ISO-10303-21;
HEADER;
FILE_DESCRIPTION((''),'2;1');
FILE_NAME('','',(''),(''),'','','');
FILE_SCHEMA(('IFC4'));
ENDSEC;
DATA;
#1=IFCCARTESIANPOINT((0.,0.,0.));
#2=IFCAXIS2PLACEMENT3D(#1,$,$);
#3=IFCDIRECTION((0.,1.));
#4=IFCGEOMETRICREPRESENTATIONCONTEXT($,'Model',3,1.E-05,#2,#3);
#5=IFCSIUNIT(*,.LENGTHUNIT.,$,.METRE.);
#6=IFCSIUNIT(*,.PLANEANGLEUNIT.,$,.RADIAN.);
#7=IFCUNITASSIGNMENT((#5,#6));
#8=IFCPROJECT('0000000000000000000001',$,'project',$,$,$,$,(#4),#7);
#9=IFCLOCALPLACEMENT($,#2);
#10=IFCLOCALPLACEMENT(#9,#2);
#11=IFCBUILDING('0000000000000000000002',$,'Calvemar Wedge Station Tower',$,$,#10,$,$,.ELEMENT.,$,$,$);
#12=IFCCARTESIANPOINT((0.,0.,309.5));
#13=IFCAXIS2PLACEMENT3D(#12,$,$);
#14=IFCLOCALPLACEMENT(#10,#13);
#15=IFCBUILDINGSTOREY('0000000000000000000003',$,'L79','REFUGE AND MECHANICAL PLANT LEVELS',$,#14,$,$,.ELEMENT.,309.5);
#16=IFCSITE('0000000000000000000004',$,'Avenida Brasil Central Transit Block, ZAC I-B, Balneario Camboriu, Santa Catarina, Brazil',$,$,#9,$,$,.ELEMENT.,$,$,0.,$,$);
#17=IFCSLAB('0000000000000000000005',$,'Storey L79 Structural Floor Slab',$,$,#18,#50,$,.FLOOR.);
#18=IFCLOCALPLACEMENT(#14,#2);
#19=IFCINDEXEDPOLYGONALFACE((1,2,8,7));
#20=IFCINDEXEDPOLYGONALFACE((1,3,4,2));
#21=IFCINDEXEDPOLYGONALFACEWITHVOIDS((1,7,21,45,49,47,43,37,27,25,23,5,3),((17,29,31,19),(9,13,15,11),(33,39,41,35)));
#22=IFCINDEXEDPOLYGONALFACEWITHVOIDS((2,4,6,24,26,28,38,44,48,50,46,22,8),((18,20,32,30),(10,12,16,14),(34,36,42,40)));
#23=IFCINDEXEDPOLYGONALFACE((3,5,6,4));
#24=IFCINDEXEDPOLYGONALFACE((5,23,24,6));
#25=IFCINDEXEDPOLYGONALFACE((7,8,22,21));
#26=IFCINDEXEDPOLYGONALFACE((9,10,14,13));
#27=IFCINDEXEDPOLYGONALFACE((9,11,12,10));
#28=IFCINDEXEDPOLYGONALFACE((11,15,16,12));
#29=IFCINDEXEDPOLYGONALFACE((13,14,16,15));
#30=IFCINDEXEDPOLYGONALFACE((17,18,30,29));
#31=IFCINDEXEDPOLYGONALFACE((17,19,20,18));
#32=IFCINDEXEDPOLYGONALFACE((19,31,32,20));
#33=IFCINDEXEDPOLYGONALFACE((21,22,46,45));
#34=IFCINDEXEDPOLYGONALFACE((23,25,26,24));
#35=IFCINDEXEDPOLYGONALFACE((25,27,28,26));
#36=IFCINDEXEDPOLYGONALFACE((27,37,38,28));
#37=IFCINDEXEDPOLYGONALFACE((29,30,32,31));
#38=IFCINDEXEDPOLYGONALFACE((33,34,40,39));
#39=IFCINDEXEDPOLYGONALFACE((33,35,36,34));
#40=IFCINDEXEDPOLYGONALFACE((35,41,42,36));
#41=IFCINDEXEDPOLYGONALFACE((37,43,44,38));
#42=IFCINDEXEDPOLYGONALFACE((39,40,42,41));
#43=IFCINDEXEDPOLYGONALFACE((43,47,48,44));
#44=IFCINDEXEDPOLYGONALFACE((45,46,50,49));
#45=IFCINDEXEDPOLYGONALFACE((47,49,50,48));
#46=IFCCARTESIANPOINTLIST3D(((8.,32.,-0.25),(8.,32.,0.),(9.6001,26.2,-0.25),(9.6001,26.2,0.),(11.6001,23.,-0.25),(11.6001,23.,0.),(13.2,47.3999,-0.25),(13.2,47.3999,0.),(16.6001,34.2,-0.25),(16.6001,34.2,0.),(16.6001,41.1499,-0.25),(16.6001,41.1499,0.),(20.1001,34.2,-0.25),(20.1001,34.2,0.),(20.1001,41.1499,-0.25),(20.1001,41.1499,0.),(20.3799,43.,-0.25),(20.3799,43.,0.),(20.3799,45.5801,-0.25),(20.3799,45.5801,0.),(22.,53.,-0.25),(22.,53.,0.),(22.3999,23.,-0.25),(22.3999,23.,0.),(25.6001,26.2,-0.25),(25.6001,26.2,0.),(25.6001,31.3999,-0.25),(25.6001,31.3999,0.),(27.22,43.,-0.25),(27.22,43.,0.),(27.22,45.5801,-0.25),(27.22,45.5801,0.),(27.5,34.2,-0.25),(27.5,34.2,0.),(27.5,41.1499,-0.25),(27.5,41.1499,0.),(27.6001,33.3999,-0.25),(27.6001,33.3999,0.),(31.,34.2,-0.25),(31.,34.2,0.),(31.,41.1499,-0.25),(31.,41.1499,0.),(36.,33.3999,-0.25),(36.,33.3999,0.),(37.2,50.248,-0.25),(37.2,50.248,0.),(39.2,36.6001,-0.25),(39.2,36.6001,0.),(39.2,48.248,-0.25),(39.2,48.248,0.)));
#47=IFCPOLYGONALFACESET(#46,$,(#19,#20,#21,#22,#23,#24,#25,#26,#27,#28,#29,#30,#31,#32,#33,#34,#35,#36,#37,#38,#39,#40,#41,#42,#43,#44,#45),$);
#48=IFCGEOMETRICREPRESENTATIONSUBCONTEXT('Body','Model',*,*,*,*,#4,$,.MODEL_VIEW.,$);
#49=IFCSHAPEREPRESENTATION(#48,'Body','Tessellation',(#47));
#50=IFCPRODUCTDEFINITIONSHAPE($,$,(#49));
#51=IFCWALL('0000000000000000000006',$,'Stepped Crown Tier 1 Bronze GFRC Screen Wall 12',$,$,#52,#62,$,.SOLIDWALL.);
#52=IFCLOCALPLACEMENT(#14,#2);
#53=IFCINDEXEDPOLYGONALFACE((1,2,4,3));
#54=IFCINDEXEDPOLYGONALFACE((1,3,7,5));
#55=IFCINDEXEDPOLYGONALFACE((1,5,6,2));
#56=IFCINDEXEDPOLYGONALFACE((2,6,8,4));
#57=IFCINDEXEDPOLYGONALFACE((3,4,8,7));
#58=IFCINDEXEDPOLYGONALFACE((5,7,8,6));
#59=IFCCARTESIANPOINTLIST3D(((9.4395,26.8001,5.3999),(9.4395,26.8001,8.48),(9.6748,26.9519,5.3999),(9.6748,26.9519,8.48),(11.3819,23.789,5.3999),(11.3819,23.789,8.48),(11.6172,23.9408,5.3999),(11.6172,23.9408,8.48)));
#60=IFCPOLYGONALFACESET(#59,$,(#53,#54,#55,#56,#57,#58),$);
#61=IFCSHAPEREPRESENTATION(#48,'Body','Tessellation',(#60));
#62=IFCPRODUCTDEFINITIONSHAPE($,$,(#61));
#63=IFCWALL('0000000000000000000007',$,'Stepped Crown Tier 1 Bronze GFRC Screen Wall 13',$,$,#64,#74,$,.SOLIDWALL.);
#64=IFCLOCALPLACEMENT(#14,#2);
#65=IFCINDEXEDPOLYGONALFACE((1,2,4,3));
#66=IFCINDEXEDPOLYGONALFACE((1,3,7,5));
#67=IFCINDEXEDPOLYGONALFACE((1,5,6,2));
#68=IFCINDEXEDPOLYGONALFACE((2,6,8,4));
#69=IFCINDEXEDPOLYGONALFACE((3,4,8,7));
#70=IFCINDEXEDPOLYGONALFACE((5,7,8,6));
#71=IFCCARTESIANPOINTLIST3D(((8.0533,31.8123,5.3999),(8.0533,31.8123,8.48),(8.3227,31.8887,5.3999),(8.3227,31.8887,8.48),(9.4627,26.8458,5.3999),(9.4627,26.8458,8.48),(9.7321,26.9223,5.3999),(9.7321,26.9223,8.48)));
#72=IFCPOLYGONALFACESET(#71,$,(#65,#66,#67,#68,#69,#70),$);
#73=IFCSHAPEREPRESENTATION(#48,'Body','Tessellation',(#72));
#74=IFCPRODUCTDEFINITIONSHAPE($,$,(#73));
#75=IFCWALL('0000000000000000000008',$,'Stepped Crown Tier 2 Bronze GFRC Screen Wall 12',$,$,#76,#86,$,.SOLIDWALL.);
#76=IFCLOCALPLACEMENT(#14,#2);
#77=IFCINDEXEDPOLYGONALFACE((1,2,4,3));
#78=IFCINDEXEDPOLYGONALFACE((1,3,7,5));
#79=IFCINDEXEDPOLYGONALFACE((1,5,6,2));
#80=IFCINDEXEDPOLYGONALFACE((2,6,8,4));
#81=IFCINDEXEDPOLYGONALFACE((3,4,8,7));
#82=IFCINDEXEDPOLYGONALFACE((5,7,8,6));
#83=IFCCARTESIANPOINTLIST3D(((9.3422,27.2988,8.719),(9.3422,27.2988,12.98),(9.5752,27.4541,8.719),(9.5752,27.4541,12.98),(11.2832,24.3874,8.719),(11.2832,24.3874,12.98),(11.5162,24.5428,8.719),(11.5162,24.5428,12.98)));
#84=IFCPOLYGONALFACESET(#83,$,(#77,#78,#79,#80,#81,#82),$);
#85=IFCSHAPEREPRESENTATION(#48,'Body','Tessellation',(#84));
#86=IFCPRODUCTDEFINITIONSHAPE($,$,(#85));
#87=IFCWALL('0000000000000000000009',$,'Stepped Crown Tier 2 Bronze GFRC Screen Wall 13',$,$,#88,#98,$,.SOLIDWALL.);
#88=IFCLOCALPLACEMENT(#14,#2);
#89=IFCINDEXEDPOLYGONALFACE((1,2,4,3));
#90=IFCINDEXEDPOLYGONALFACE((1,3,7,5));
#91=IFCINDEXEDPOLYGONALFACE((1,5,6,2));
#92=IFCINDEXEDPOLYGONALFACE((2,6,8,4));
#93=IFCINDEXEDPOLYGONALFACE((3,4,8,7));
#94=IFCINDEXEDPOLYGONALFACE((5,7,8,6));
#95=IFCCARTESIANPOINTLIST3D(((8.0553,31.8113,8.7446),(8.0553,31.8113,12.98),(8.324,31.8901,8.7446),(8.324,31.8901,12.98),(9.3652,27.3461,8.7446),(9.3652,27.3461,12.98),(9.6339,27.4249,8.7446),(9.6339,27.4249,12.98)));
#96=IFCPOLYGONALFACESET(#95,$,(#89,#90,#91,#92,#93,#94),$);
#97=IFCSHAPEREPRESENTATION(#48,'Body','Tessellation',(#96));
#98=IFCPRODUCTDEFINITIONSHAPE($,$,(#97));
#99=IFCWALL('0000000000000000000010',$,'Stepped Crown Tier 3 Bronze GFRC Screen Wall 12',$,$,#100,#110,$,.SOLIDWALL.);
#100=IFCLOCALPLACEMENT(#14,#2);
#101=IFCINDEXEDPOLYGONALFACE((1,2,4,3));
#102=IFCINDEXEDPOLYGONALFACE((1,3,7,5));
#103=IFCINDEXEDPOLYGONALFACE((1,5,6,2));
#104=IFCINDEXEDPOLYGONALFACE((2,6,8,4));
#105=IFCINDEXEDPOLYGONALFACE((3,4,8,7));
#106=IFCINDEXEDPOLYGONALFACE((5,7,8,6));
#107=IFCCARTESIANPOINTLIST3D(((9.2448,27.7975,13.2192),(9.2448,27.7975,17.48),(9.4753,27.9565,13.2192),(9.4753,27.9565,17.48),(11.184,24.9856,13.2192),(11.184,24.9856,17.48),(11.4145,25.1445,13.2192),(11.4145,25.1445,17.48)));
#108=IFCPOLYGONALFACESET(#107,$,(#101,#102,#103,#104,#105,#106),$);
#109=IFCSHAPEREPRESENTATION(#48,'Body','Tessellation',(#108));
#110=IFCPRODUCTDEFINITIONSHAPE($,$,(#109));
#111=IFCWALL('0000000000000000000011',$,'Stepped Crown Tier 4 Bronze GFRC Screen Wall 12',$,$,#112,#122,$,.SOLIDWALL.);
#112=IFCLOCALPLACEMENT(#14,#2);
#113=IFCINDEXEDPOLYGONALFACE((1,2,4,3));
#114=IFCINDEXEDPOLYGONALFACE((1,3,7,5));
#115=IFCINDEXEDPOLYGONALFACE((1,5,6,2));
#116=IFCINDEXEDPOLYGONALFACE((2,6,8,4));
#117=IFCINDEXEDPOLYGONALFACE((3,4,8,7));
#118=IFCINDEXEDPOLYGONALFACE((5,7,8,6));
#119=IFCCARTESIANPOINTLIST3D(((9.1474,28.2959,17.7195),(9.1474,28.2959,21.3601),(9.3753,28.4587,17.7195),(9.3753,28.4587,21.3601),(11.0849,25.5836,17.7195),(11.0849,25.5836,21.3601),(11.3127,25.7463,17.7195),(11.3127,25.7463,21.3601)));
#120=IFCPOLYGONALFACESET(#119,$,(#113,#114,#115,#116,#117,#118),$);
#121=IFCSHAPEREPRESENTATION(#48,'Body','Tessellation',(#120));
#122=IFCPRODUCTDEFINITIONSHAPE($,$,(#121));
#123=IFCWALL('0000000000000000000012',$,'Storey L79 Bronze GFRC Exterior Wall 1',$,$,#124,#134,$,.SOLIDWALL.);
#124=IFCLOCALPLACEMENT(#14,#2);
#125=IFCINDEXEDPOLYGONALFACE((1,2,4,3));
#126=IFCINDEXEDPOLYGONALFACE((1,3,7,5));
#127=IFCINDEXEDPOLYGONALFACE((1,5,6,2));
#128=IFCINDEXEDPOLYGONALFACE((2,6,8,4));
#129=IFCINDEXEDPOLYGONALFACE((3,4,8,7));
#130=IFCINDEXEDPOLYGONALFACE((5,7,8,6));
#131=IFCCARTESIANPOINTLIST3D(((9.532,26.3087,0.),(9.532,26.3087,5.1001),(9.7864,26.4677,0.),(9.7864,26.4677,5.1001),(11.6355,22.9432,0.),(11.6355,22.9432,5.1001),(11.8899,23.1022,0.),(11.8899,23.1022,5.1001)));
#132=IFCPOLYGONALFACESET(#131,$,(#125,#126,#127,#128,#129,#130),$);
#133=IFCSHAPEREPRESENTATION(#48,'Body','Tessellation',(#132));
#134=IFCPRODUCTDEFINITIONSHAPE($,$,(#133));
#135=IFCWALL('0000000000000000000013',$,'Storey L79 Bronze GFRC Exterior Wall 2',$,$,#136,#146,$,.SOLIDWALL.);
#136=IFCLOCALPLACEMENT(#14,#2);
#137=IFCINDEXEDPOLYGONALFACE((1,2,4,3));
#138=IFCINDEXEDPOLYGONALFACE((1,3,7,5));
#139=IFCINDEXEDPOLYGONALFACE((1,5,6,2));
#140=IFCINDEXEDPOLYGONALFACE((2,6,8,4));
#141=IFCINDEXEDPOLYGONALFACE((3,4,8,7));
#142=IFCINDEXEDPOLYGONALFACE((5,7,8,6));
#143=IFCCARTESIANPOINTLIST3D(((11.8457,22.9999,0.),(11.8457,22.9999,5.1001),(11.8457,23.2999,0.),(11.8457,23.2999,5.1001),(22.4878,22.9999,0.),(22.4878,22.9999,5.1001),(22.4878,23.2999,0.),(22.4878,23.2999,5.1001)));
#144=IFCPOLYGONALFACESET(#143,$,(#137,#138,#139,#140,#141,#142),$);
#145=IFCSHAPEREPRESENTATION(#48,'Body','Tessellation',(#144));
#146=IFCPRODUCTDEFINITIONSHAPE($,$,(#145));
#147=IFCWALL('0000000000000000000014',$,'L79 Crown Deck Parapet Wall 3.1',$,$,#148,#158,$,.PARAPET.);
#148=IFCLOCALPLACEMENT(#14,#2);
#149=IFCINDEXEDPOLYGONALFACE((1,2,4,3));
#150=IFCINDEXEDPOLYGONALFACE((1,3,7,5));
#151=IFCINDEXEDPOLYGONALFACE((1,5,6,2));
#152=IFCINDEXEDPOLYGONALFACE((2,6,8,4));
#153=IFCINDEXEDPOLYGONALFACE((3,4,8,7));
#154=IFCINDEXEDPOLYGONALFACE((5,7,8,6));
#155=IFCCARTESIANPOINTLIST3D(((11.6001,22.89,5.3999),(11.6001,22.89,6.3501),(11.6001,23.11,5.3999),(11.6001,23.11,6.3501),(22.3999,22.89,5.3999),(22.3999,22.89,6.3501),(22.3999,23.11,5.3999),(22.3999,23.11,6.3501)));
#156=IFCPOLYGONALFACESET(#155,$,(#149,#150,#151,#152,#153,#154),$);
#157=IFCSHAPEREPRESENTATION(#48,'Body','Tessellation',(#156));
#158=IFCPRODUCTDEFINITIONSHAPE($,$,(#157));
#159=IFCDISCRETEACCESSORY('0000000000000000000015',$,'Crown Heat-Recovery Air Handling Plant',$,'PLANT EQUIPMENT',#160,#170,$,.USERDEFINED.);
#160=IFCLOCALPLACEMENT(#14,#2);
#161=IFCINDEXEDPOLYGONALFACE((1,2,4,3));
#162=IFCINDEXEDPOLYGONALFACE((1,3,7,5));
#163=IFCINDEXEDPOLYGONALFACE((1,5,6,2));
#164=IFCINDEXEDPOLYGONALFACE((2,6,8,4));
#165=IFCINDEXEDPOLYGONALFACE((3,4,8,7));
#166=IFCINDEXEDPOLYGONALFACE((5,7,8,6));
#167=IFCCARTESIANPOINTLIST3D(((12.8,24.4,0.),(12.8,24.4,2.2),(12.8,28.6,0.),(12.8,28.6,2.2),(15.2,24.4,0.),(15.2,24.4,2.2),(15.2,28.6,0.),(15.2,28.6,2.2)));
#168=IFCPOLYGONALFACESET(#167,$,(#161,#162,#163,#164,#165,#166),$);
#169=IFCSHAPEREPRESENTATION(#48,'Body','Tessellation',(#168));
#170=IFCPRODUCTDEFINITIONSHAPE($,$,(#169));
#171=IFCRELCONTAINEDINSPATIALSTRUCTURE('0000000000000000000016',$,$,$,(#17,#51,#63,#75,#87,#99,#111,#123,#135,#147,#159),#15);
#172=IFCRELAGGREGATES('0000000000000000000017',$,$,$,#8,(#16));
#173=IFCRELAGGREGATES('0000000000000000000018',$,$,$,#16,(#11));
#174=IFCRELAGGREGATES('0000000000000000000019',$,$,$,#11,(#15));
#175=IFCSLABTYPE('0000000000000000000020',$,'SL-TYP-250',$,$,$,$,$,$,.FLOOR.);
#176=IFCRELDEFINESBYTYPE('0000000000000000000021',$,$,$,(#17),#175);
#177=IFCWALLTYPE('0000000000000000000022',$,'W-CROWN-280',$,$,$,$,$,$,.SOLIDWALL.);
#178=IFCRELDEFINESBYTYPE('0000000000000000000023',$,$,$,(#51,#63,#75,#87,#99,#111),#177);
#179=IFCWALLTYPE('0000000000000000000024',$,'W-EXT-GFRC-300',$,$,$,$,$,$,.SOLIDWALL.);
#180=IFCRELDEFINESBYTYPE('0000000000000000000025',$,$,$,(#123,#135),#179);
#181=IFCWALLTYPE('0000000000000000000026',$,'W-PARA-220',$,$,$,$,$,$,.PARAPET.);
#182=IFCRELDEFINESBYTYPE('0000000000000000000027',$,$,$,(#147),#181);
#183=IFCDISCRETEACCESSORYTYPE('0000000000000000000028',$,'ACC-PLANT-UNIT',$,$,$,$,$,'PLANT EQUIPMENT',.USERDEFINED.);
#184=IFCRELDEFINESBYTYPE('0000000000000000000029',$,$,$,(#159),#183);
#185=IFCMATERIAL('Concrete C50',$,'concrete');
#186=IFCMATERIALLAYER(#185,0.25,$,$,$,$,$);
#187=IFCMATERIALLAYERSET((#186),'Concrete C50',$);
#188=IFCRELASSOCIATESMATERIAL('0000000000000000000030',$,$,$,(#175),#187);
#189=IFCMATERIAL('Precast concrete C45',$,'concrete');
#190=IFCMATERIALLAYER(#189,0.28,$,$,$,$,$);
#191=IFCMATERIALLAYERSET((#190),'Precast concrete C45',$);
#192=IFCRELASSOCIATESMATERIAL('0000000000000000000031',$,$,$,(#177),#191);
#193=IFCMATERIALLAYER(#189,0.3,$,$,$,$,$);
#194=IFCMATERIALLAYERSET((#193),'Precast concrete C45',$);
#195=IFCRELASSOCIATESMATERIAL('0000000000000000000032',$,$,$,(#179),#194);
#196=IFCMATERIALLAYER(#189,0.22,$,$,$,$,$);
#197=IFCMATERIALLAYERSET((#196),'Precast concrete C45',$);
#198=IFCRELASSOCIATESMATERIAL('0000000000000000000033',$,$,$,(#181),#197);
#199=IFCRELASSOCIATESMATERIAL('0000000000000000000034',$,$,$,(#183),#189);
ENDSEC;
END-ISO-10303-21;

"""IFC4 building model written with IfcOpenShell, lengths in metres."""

from ifc_helpers import new_model, si_unit, direction, frame, frame_2d, origin, origin_2d, place, context, subcontext, project, spatial, polyline, rectangle, outline, extrude, source, transform, mapped, material, layer, layer_set, type_object, element, save


model = new_model("IFC4")

# Units and contexts
model_context = context("Model", 3, precision=1e-05, world=origin(), true_north=direction((0.0, 1.0)))
body_context = subcontext(model_context, "Body", "Model", "MODEL_VIEW")
ifc_project = project(units=[si_unit("LENGTHUNIT", "METRE"), si_unit("PLANEANGLEUNIT", "RADIAN")], contexts=[model_context])

# Site, building, storey
site_placement = place(None, origin())
site = spatial("IfcSite", under=ifc_project, at=site_placement, Name="Avenida Brasil Central Transit Block, ZAC I-B, Balneario Camboriu, Santa Catarina, Brazil", CompositionType="ELEMENT", RefElevation=0.0)
building_placement = place(site_placement, origin())
building = spatial("IfcBuilding", under=site, at=building_placement, Name="Calvemar Wedge Station Tower", CompositionType="ELEMENT")
storey_placement = place(building_placement, frame((0.0, 0.0, 309.5)))
storey = spatial("IfcBuildingStorey", under=building, at=storey_placement, Name="L79", Description="REFUGE AND MECHANICAL PLANT LEVELS", CompositionType="ELEMENT", Elevation=309.5)

# Shared definitions
ifc_material_1 = material(Name="Concrete C50", Category="concrete")

# Slab
ifc_layer_1 = layer(ifc_material_1, 0.25)
ifc_layer_set_1 = layer_set([ifc_layer_1], Name="Concrete C50")
slab_type_1 = type_object("IfcSlabType", Name="SL-TYP-250", PredefinedType="FLOOR", material=ifc_layer_set_1)
slab_1_placement = place(storey_placement, frame((0.0, 0.0, -0.25)))
element("IfcSlab", 1, at=slab_1_placement, inside=storey, type_object=slab_type_1, Name="Storey L79 Structural Floor Slab", PredefinedType="FLOOR", context=body_context, shape_type="SweptSolid", body=[
    extrude(outline(polyline([(8.0, 32.0), (9.6001, 26.2), (11.6001, 23.0), (22.3999, 23.0), (25.6001, 26.2), (25.6001, 31.3999), (27.6001, 33.3999), (36.0, 33.3999), (39.2, 36.6001), (39.2, 48.248), (37.2, 50.248), (22.0, 53.0), (13.2, 47.3999), (8.0, 32.0)]), holes=[polyline([(20.1001, 41.1499), (16.6001, 41.1499), (16.6001, 34.2), (20.1001, 34.2), (20.1001, 41.1499)]), polyline([(31.0, 34.2), (31.0, 41.1499), (27.5, 41.1499), (27.5, 34.2), (31.0, 34.2)]), polyline([(27.22, 45.5801), (20.3799, 45.5801), (20.3799, 43.0), (27.22, 43.0), (27.22, 45.5801)])]), origin(), (0.0, 0.0, 1.0), 0.25),
])

# Walls
ifc_material_2 = material(Name="Precast concrete C45", Category="concrete")
ifc_layer_2 = layer(ifc_material_2, 0.28)
ifc_layer_set_2 = layer_set([ifc_layer_2], Name="Precast concrete C45")
wall_type_1 = type_object("IfcWallType", Name="W-CROWN-280", PredefinedType="SOLIDWALL", material=ifc_layer_set_2)
wall_1_placement = place(storey_placement, frame((11.4995, 23.865, 5.3999), z_axis=(0.0, 0.0, 1.0), x_axis=(-0.54209, 0.840321, 0.0)))
element("IfcWall", 2, at=wall_1_placement, inside=storey, type_object=wall_type_1, Name="Stepped Crown Tier 1 Bronze GFRC Screen Wall 12", PredefinedType="SOLIDWALL", context=body_context, shape_type="SweptSolid", body=[
    extrude(rectangle(XDim=3.5833, YDim=0.28, at=frame_2d((1.7915, 0.0))), origin(), (0.0, 0.0, 1.0), 3.0801),
])
wall_2_placement = place(storey_placement, frame((9.5974, 26.884, 5.3999), z_axis=(0.0, 0.0, 1.0), x_axis=(-0.273003, 0.962013, 0.0)))
element("IfcWall", 3, at=wall_2_placement, inside=storey, type_object=wall_type_1, Name="Stepped Crown Tier 1 Bronze GFRC Screen Wall 13", PredefinedType="SOLIDWALL", context=body_context, shape_type="SweptSolid", body=[
    extrude(rectangle(XDim=5.1626, YDim=0.28, at=frame_2d((2.5813, 0.0))), origin(), (0.0, 0.0, 1.0), 3.0801),
])
wall_3_placement = place(storey_placement, frame((11.3997, 24.4651, 8.719), z_axis=(0.0, 0.0, 1.0), x_axis=(-0.5547, 0.83205, 0.0)))
element("IfcWall", 4, at=wall_3_placement, inside=storey, type_object=wall_type_1, Name="Stepped Crown Tier 2 Bronze GFRC Screen Wall 12", PredefinedType="SOLIDWALL", context=body_context, shape_type="SweptSolid", body=[
    extrude(rectangle(XDim=3.499, YDim=0.28, at=frame_2d((1.7495, 0.0))), origin(), (0.0, 0.0, 1.0), 4.261),
])
wall_4_placement = place(storey_placement, frame((9.4995, 27.3855, 8.7446), z_axis=(0.0, 0.0, 1.0), x_axis=(-0.281485, 0.959566, 0.0)))
element("IfcWall", 5, at=wall_4_placement, inside=storey, type_object=wall_type_1, Name="Stepped Crown Tier 2 Bronze GFRC Screen Wall 13", PredefinedType="SOLIDWALL", context=body_context, shape_type="SweptSolid", body=[
    extrude(rectangle(XDim=4.6533, YDim=0.28, at=frame_2d((2.3267, 0.0))), origin(), (0.0, 0.0, 1.0), 4.2354),
])
wall_5_placement = place(storey_placement, frame((11.2993, 25.0649, 13.2192), z_axis=(0.0, 0.0, 1.0), x_axis=(-0.567711, 0.823228, 0.0)))
element("IfcWall", 6, at=wall_5_placement, inside=storey, type_object=wall_type_1, Name="Stepped Crown Tier 3 Bronze GFRC Screen Wall 12", PredefinedType="SOLIDWALL", context=body_context, shape_type="SweptSolid", body=[
    extrude(rectangle(XDim=3.4158, YDim=0.28, at=frame_2d((1.708, 0.0))), origin(), (0.0, 0.0, 1.0), 4.2607),
])
wall_6_placement = place(storey_placement, frame((11.1987, 25.665, 17.7195), z_axis=(0.0, 0.0, 1.0), x_axis=(-0.581252, 0.813724, 0.0)))
element("IfcWall", 7, at=wall_6_placement, inside=storey, type_object=wall_type_1, Name="Stepped Crown Tier 4 Bronze GFRC Screen Wall 12", PredefinedType="SOLIDWALL", context=body_context, shape_type="SweptSolid", body=[
    extrude(rectangle(XDim=3.3333, YDim=0.28, at=frame_2d((1.6665, 0.0))), origin(), (0.0, 0.0, 1.0), 3.6406),
])
ifc_layer_3 = layer(ifc_material_2, 0.3)
ifc_layer_set_3 = layer_set([ifc_layer_3], Name="Precast concrete C45")
wall_type_2 = type_object("IfcWallType", Name="W-EXT-GFRC-300", PredefinedType="SOLIDWALL", material=ifc_layer_set_3)
wall_7_placement = place(storey_placement, frame((9.6592, 26.3882, 0.0), z_axis=(0.0, 0.0, 1.0), x_axis=(0.530016, -0.847988, 0.0)))
element("IfcWall", 8, at=wall_7_placement, inside=storey, type_object=wall_type_2, Name="Storey L79 Bronze GFRC Exterior Wall 1", PredefinedType="SOLIDWALL", context=body_context, shape_type="SweptSolid", body=[
    extrude(rectangle(XDim=3.9688, YDim=0.3, at=frame_2d((1.9844, 0.0))), origin(), (0.0, 0.0, 1.0), 5.1001),
])
wall_8_placement = place(storey_placement, frame((11.8457, 23.1499, 0.0), z_axis=(0.0, 0.0, 1.0), x_axis=(1.0, 0.0, 0.0)))
element("IfcWall", 9, at=wall_8_placement, inside=storey, type_object=wall_type_2, Name="Storey L79 Bronze GFRC Exterior Wall 2", PredefinedType="SOLIDWALL", context=body_context, shape_type="SweptSolid", body=[
    extrude(rectangle(XDim=10.6421, YDim=0.3, at=frame_2d((5.321, 0.0))), origin(), (0.0, 0.0, 1.0), 5.1001),
])
ifc_layer_4 = layer(ifc_material_2, 0.22)
ifc_layer_set_4 = layer_set([ifc_layer_4], Name="Precast concrete C45")
wall_type_3 = type_object("IfcWallType", Name="W-PARA-220", PredefinedType="PARAPET", material=ifc_layer_set_4)
wall_9_placement = place(storey_placement, frame((11.6001, 23.0, 5.3999), z_axis=(0.0, 0.0, 1.0), x_axis=(1.0, 0.0, 0.0)))
element("IfcWall", 10, at=wall_9_placement, inside=storey, type_object=wall_type_3, Name="L79 Crown Deck Parapet Wall 3.1", PredefinedType="PARAPET", context=body_context, shape_type="SweptSolid", body=[
    extrude(rectangle(XDim=10.7998, YDim=0.22, at=frame_2d((5.3999, 0.0))), origin(), (0.0, 0.0, 1.0), 0.9502),
])

# Discrete accessory
discrete_accessory_type = type_object("IfcDiscreteAccessoryType", Name="ACC-PLANT-UNIT", ElementType="PLANT EQUIPMENT", PredefinedType="USERDEFINED", material=ifc_material_2)
shared_shape = source(origin(), body_context, "Body", "SweptSolid", [
    extrude(rectangle(XDim=2.3999, YDim=4.2, at=origin_2d()), origin(), (0.0, 0.0, 1.0), 2.2),
])
discrete_accessory_placement = place(storey_placement, frame((14.0, 26.5, 0.0), z_axis=(0.0, 0.0, 1.0), x_axis=(1.0, 0.0, 0.0)))
element("IfcDiscreteAccessory", 11, at=discrete_accessory_placement, inside=storey, type_object=discrete_accessory_type, Name="Crown Heat-Recovery Air Handling Plant", ObjectType="PLANT EQUIPMENT", PredefinedType="USERDEFINED", context=body_context, shape_type="MappedRepresentation", body=[
    mapped(shared_shape, transform((0.0, 0.0, 0.0), scale=1.0)),
])

save(model, "model.ifc")
